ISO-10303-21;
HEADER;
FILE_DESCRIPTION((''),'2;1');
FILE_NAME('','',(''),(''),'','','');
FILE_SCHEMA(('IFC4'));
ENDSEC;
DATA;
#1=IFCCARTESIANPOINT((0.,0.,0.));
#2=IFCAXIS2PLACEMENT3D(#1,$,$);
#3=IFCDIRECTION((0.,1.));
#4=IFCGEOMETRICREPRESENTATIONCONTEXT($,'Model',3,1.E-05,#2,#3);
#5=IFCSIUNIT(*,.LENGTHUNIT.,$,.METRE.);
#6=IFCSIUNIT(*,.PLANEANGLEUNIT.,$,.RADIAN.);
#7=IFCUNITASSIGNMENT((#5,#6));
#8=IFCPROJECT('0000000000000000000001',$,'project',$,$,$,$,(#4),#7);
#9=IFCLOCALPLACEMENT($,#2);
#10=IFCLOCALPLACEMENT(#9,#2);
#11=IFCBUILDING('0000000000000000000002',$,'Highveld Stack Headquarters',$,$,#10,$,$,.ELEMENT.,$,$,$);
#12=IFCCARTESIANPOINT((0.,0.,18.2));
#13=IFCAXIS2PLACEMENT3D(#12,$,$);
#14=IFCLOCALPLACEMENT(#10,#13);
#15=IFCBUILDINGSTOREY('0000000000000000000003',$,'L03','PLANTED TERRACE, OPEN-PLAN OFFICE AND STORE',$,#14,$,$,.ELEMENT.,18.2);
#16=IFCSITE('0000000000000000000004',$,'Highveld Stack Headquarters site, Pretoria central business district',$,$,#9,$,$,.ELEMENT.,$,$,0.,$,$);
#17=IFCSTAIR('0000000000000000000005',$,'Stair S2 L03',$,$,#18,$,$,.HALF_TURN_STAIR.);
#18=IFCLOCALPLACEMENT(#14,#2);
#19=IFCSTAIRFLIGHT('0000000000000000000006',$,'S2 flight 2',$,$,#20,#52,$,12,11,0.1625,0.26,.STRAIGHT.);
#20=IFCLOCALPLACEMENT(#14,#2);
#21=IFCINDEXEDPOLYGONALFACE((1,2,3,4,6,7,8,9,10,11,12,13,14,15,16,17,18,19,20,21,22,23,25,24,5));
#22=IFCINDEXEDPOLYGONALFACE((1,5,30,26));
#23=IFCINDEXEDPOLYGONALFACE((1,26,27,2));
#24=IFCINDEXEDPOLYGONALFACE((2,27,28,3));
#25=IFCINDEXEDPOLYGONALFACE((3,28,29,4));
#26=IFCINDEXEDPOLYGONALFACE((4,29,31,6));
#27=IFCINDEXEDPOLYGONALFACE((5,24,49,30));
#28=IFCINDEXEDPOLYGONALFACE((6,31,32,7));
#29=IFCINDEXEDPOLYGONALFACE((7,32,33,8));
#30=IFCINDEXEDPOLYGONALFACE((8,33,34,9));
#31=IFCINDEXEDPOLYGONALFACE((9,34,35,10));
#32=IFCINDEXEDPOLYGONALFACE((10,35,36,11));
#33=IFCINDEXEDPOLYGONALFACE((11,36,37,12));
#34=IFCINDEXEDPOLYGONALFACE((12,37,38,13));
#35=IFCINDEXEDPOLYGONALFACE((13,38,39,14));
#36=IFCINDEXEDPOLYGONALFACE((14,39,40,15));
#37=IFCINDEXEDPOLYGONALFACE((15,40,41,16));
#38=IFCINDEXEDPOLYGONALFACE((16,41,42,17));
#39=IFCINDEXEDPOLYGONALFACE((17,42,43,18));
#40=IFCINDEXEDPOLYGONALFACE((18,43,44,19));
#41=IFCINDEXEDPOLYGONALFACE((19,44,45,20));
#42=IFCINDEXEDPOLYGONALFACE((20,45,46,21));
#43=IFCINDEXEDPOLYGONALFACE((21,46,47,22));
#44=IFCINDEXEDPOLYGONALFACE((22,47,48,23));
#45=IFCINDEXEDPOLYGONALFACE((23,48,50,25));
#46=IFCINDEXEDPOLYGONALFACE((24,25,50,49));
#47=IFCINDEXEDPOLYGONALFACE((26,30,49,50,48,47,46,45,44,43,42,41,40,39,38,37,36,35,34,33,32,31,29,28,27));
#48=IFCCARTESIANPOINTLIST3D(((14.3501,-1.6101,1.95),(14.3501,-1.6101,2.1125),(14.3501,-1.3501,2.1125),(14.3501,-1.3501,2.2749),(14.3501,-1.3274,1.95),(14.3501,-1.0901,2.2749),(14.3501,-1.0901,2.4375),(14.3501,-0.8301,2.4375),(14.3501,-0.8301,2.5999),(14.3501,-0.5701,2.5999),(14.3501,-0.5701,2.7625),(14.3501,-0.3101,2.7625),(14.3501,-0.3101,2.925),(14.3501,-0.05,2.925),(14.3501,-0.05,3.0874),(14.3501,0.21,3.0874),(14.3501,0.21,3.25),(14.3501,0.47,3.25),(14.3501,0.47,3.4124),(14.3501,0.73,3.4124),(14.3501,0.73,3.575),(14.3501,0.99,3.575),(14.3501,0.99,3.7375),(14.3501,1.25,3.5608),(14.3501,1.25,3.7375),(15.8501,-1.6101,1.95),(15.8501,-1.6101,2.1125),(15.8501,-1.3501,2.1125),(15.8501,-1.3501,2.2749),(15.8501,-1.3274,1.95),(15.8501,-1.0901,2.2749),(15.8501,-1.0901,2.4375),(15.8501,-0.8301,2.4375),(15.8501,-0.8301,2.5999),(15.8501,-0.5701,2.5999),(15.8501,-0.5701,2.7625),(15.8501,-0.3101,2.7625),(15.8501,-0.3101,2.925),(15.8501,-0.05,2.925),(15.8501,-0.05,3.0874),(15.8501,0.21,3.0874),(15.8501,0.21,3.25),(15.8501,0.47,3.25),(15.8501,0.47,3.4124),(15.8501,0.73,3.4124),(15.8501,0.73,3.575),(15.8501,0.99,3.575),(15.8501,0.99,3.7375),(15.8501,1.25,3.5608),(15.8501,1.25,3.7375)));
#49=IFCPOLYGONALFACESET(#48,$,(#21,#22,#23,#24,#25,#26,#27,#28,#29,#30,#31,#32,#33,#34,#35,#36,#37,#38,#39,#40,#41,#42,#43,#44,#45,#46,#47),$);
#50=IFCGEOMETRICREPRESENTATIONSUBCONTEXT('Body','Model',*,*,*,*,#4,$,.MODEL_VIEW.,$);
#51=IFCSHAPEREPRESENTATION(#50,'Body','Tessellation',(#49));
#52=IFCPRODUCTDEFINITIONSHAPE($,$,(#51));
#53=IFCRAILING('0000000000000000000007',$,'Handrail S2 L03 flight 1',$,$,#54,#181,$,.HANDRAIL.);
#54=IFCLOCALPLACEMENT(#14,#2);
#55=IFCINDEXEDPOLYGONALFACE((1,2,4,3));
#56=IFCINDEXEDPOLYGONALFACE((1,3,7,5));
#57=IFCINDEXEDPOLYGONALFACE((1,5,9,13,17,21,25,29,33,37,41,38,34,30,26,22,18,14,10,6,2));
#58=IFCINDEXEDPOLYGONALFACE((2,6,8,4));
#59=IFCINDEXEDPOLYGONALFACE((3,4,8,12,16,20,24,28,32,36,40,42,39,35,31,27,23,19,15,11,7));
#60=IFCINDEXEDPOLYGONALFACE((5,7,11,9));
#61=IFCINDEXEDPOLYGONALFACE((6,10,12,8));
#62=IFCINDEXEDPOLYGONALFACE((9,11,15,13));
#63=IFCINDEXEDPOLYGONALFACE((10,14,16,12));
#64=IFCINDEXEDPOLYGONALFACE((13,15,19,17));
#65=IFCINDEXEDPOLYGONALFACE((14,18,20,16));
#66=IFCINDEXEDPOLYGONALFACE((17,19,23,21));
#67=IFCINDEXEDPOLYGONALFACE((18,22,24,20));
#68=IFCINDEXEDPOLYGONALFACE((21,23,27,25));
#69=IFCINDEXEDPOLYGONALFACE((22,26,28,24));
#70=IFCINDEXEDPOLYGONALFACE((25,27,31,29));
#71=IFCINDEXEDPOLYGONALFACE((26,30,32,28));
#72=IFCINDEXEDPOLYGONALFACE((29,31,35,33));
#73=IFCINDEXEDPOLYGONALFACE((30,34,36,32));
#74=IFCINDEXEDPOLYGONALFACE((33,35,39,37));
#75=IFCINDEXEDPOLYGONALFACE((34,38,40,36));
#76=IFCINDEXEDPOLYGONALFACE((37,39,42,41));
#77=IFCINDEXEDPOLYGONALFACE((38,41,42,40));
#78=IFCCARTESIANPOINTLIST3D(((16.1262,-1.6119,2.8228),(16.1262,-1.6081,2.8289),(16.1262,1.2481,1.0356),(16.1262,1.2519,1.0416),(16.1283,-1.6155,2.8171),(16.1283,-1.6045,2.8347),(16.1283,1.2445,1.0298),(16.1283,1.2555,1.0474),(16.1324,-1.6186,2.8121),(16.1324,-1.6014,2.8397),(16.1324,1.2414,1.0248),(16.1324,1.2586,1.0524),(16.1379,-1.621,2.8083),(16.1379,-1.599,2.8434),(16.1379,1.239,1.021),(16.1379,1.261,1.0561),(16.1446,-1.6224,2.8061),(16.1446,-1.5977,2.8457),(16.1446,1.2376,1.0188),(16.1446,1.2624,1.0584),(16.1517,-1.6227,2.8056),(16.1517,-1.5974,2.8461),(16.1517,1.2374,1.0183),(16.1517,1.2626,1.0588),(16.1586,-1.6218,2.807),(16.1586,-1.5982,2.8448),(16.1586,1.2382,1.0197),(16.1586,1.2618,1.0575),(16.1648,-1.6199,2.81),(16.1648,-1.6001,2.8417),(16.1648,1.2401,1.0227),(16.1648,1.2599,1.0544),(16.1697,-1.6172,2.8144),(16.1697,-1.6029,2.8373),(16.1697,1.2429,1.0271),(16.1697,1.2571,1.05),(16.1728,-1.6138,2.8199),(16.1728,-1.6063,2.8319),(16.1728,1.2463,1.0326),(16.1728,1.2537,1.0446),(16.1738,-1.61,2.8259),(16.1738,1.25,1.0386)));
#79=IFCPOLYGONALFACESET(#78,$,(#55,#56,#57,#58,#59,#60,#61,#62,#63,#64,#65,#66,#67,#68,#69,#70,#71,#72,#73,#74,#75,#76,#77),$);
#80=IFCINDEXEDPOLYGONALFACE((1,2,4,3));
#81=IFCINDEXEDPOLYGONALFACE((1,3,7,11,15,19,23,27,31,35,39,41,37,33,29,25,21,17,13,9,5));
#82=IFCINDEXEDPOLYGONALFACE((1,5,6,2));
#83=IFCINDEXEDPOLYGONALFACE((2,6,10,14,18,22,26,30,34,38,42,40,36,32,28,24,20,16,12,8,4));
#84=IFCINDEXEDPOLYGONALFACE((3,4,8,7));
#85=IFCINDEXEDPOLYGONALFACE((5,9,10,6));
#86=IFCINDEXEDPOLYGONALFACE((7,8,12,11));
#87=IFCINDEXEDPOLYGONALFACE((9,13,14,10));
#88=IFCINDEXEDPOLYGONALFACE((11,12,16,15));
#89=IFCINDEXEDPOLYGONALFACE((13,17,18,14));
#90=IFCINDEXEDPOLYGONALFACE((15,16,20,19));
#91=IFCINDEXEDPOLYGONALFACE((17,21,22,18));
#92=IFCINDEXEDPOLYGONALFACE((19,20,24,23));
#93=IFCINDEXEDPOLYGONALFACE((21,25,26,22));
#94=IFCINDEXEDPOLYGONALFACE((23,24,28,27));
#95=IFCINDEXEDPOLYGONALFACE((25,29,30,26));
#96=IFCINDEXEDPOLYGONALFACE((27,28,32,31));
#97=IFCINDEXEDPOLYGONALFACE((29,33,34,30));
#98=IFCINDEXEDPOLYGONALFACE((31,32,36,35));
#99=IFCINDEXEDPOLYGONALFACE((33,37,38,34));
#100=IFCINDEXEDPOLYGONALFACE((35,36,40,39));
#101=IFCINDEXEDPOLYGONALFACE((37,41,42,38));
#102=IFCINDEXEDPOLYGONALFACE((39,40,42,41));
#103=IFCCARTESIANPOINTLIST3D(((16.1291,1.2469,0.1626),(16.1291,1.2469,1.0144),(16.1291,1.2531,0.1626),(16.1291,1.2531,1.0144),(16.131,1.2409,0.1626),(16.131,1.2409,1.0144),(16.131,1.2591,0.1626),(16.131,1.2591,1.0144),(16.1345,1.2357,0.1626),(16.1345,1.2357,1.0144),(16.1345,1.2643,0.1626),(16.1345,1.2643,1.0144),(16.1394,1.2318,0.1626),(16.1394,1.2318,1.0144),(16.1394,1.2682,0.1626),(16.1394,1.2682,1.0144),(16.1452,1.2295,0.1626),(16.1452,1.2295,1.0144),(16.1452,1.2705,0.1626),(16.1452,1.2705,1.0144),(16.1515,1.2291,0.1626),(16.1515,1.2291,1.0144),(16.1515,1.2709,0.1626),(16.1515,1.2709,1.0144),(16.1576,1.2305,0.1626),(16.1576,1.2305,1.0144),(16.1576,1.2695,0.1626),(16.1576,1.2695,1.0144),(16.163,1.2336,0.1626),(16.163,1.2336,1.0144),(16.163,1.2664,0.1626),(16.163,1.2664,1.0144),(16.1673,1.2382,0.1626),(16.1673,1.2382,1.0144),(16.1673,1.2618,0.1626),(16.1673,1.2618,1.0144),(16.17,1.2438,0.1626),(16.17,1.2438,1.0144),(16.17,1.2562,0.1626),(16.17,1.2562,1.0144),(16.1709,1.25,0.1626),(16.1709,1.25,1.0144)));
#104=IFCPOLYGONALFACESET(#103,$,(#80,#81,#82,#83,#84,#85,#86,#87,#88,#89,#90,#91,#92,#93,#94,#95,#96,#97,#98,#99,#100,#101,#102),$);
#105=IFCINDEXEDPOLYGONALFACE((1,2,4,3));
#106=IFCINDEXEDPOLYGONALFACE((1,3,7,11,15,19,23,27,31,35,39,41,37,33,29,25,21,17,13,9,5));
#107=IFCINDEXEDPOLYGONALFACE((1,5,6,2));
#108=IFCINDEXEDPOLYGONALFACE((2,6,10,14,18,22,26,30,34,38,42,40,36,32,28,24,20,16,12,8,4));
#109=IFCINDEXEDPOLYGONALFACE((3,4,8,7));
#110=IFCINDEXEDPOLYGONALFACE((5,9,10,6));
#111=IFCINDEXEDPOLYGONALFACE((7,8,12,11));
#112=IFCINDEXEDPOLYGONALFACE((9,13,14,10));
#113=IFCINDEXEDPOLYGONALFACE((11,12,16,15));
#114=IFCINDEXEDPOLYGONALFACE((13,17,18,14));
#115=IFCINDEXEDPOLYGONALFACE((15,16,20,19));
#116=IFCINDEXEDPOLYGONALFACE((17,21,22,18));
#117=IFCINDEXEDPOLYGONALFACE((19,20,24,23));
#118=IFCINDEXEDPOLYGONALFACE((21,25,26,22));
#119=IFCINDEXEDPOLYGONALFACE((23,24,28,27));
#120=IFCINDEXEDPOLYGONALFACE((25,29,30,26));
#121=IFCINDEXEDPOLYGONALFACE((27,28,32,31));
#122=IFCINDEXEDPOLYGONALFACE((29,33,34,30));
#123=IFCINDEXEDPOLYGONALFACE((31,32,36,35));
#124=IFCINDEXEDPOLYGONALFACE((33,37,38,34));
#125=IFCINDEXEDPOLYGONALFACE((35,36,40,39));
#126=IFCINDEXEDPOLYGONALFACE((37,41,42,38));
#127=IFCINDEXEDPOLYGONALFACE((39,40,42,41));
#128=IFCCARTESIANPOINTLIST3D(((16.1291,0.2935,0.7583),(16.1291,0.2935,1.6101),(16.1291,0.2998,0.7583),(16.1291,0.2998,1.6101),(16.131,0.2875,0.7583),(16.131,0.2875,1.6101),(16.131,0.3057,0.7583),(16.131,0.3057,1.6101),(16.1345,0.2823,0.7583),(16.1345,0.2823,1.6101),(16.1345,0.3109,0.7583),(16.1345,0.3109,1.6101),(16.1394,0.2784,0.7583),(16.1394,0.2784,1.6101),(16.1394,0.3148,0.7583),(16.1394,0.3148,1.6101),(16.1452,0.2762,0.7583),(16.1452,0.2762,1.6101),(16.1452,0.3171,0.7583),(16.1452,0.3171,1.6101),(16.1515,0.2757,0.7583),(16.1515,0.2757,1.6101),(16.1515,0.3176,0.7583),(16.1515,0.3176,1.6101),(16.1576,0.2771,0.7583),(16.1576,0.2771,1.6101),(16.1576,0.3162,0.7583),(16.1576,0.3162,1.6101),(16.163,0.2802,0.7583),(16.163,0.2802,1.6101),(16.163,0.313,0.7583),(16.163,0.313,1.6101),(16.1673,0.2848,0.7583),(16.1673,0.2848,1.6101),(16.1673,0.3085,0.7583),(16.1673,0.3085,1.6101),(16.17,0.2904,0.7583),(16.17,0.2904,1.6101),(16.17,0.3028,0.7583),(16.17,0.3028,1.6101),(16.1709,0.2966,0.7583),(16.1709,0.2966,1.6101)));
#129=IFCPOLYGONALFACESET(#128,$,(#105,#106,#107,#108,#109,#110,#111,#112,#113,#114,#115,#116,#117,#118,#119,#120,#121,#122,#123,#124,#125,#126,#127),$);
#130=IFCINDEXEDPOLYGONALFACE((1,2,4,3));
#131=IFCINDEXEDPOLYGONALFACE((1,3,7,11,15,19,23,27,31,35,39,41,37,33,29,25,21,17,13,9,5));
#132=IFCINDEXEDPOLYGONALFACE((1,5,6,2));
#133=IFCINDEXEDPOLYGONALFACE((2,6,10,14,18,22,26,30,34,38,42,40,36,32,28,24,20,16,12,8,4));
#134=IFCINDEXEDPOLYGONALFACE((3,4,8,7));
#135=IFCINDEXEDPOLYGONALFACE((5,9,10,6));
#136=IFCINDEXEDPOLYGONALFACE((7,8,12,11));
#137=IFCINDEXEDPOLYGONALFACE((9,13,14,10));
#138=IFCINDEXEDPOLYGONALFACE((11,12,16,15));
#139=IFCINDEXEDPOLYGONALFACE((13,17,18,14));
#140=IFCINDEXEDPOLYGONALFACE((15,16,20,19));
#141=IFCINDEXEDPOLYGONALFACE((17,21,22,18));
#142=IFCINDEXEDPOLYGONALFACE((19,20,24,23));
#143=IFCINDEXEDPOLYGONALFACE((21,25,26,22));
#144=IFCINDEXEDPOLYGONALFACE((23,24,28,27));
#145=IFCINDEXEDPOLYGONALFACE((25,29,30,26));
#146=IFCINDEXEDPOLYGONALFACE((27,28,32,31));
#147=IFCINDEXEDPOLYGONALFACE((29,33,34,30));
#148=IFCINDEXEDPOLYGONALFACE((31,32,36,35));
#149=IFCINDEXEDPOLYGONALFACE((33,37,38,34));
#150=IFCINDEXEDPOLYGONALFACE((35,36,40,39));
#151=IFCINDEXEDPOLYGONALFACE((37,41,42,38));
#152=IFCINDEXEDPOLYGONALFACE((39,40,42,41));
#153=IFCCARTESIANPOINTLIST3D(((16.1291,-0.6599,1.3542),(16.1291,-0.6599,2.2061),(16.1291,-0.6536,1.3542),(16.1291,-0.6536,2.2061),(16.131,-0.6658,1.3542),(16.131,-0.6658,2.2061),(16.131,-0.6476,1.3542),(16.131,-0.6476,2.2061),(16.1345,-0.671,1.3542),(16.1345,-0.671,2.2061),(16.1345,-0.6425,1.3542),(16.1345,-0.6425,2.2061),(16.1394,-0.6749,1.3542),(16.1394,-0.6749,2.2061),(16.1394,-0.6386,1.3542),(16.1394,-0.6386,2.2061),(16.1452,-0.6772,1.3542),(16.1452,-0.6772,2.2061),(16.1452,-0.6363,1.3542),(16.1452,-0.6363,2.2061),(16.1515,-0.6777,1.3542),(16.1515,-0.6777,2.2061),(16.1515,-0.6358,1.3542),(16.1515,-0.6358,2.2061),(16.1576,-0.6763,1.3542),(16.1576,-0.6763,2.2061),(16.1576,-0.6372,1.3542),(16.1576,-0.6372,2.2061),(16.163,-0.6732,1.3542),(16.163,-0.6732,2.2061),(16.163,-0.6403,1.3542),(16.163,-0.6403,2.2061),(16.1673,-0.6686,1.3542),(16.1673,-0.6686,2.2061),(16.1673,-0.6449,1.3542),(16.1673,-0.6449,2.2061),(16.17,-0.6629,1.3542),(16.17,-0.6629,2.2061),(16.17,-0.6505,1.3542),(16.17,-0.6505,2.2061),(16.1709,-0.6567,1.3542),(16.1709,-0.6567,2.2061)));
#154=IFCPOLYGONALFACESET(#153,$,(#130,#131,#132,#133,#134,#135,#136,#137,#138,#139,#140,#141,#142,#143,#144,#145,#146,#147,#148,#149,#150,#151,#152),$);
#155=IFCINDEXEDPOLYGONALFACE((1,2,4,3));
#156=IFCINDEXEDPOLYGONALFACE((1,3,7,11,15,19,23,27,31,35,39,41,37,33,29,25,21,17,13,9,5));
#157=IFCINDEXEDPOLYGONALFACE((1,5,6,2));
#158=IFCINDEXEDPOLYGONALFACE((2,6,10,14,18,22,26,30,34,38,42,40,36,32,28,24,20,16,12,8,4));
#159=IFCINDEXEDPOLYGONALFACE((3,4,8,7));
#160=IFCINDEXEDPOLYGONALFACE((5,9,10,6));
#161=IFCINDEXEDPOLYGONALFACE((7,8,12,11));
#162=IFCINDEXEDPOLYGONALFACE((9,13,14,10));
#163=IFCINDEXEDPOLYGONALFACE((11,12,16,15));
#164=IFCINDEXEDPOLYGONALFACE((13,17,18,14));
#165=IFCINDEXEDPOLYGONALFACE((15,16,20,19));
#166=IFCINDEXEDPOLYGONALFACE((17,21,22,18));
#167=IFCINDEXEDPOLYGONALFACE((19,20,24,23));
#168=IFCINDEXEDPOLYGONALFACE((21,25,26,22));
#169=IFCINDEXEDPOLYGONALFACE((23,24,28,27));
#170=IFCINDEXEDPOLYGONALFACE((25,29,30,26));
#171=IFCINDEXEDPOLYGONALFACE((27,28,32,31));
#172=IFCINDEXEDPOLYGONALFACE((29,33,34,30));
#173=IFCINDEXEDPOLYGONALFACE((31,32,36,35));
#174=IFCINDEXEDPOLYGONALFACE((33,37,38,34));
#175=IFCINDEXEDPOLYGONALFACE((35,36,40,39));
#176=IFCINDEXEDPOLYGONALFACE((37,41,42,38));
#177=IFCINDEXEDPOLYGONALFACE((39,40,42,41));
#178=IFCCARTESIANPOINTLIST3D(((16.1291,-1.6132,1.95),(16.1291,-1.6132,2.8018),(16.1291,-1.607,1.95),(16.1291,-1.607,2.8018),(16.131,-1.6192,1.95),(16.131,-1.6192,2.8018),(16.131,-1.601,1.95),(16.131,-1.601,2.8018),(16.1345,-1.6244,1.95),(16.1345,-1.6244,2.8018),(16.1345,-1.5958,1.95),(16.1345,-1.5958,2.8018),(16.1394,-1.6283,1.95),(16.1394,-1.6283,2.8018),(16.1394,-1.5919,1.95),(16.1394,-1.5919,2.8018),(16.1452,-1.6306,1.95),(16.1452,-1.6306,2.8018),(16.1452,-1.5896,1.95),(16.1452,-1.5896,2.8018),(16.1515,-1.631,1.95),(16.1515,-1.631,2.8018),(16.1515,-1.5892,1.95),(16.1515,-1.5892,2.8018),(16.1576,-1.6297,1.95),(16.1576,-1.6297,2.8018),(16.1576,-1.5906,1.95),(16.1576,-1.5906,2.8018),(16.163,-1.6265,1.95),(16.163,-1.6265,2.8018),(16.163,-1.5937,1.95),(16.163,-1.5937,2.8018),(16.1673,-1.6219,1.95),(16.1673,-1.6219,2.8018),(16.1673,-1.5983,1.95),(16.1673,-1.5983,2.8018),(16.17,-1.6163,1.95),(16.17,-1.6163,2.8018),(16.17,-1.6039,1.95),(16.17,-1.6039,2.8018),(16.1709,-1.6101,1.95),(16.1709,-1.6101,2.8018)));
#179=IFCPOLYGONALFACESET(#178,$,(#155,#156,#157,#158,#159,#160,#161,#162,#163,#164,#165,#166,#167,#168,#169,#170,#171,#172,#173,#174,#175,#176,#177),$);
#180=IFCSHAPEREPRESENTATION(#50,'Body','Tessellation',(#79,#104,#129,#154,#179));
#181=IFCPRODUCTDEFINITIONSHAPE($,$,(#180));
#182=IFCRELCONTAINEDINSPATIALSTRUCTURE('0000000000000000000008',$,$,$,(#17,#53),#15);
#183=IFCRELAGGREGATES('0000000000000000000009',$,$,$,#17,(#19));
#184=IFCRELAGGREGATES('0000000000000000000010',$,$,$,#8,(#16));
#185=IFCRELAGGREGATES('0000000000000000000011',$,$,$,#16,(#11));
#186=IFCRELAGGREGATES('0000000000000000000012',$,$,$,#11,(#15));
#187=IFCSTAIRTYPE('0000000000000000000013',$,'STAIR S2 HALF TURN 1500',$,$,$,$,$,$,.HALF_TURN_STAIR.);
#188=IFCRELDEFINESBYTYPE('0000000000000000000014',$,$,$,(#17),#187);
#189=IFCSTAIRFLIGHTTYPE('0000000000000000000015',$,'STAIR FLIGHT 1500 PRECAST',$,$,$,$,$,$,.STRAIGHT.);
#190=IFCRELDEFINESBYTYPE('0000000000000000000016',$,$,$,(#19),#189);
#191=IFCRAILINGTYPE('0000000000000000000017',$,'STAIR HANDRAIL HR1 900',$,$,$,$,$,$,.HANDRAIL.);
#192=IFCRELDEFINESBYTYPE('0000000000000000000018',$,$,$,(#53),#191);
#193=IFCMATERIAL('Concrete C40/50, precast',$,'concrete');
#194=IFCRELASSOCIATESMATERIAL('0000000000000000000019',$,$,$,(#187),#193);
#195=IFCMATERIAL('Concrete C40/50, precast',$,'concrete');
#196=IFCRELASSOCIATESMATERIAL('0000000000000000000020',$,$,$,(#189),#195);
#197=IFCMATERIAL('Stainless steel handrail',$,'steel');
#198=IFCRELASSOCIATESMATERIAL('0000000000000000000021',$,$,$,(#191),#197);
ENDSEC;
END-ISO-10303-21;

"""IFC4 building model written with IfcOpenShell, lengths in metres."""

from ifc_helpers import new_model, si_unit, direction, frame, origin, origin_2d, place, context, subcontext, project, spatial, polyline, circle, outline, extrude, material, type_object, element, aggregate, save


model = new_model("IFC4")

# Units and contexts
model_context = context("Model", 3, precision=1e-05, world=origin(), true_north=direction((0.0, 1.0)))
body_context = subcontext(model_context, "Body", "Model", "MODEL_VIEW")
ifc_project = project(units=[si_unit("LENGTHUNIT", "METRE"), si_unit("PLANEANGLEUNIT", "RADIAN")], contexts=[model_context])

# Site, building, storey
site_placement = place(None, origin())
site = spatial("IfcSite", under=ifc_project, at=site_placement, Name="Highveld Stack Headquarters site, Pretoria central business district", CompositionType="ELEMENT", RefElevation=0.0)
building_placement = place(site_placement, origin())
building = spatial("IfcBuilding", under=site, at=building_placement, Name="Highveld Stack Headquarters", CompositionType="ELEMENT")
storey_placement = place(building_placement, frame((0.0, 0.0, 18.2)))
storey = spatial("IfcBuildingStorey", under=building, at=storey_placement, Name="L03", Description="PLANTED TERRACE, OPEN-PLAN OFFICE AND STORE", CompositionType="ELEMENT", Elevation=18.2)

# Stair
ifc_material_1 = material(Name="Concrete C40/50, precast", Category="concrete")
stair_type_1 = type_object("IfcStairType", Name="STAIR S2 HALF TURN 1500", PredefinedType="HALF_TURN_STAIR", material=ifc_material_1)
stair_1_placement = place(storey_placement, origin())
stair_1 = element("IfcStair", 1, at=stair_1_placement, inside=storey, type_object=stair_type_1, Name="Stair S2 L03", PredefinedType="HALF_TURN_STAIR")

# Stair flight
ifc_material_2 = material(Name="Concrete C40/50, precast", Category="concrete")
stair_flight_type = type_object("IfcStairFlightType", Name="STAIR FLIGHT 1500 PRECAST", PredefinedType="STRAIGHT", material=ifc_material_2)
stair_flight_1_placement = place(storey_placement, frame((15.1001, -1.6101, 1.95), z_axis=(0.0, 0.0, 1.0), x_axis=(0.0, 1.0, 0.0)))
stair_flight_1 = element("IfcStairFlight", 2, at=stair_flight_1_placement, type_object=stair_flight_type, Name="S2 flight 2", NumberOfRisers=12, NumberOfTreads=11, PredefinedType="STRAIGHT", RiserHeight=0.1625, TreadLength=0.26, context=body_context, shape_type="SweptSolid", body=[
    extrude(outline(polyline([(0.0, 0.0), (0.0, 0.1626), (0.26, 0.1626), (0.26, 0.325), (0.52, 0.325), (0.52, 0.4875), (0.78, 0.4875), (0.78, 0.6499), (1.04, 0.6499), (1.04, 0.8125), (1.3, 0.8125), (1.3, 0.9751), (1.5601, 0.9751), (1.5601, 1.1375), (1.8201, 1.1375), (1.8201, 1.3), (2.0801, 1.3), (2.0801, 1.4624), (2.3401, 1.4624), (2.3401, 1.625), (2.6001, 1.625), (2.6001, 1.7876), (2.8601, 1.7876), (2.8601, 1.95), (2.8601, 1.6108), (0.2827, 0.0), (0.0, 0.0)])), frame((0.0, 0.75, 0.0), z_axis=(0.0, -1.0, 0.0), x_axis=(1.0, 0.0, 0.0)), (0.0, 0.0, 1.0), 1.5),
])
aggregate(stair_1, [stair_flight_1])

# Railing
ifc_material_3 = material(Name="Stainless steel handrail", Category="steel")
railing_type = type_object("IfcRailingType", Name="STAIR HANDRAIL HR1 900", PredefinedType="HANDRAIL", material=ifc_material_3)
for number, where, name in (
    (3, (16.1499, 1.25, 0.1626), "Handrail S2 L03 flight 1"),
):
    element("IfcRailing", number, at=place(storey_placement, frame(where)), inside=storey, type_object=railing_type, Name=name, PredefinedType="HANDRAIL", context=body_context, shape_type="SweptSolid", body=[
        extrude(circle(Radius=0.0239, at=origin_2d()), frame((0.0, 0.0, 0.876), z_axis=(0.0, -0.848027, 0.529953), x_axis=(1.0, 0.0, 0.0)), (0.0, 0.0, 1.0), 3.3726),
        extrude(circle(Radius=0.021, at=origin_2d()), origin(), (0.0, 0.0, 1.0), 0.8518),
        extrude(circle(Radius=0.021, at=origin_2d()), frame((0.0, -0.9534, 0.5957)), (0.0, 0.0, 1.0), 0.8518),
        extrude(circle(Radius=0.021, at=origin_2d()), frame((0.0, -1.9067, 1.1917)), (0.0, 0.0, 1.0), 0.8518),
        extrude(circle(Radius=0.021, at=origin_2d()), frame((0.0, -2.8601, 1.7874)), (0.0, 0.0, 1.0), 0.8518),
    ])

save(model, "model.ifc")
